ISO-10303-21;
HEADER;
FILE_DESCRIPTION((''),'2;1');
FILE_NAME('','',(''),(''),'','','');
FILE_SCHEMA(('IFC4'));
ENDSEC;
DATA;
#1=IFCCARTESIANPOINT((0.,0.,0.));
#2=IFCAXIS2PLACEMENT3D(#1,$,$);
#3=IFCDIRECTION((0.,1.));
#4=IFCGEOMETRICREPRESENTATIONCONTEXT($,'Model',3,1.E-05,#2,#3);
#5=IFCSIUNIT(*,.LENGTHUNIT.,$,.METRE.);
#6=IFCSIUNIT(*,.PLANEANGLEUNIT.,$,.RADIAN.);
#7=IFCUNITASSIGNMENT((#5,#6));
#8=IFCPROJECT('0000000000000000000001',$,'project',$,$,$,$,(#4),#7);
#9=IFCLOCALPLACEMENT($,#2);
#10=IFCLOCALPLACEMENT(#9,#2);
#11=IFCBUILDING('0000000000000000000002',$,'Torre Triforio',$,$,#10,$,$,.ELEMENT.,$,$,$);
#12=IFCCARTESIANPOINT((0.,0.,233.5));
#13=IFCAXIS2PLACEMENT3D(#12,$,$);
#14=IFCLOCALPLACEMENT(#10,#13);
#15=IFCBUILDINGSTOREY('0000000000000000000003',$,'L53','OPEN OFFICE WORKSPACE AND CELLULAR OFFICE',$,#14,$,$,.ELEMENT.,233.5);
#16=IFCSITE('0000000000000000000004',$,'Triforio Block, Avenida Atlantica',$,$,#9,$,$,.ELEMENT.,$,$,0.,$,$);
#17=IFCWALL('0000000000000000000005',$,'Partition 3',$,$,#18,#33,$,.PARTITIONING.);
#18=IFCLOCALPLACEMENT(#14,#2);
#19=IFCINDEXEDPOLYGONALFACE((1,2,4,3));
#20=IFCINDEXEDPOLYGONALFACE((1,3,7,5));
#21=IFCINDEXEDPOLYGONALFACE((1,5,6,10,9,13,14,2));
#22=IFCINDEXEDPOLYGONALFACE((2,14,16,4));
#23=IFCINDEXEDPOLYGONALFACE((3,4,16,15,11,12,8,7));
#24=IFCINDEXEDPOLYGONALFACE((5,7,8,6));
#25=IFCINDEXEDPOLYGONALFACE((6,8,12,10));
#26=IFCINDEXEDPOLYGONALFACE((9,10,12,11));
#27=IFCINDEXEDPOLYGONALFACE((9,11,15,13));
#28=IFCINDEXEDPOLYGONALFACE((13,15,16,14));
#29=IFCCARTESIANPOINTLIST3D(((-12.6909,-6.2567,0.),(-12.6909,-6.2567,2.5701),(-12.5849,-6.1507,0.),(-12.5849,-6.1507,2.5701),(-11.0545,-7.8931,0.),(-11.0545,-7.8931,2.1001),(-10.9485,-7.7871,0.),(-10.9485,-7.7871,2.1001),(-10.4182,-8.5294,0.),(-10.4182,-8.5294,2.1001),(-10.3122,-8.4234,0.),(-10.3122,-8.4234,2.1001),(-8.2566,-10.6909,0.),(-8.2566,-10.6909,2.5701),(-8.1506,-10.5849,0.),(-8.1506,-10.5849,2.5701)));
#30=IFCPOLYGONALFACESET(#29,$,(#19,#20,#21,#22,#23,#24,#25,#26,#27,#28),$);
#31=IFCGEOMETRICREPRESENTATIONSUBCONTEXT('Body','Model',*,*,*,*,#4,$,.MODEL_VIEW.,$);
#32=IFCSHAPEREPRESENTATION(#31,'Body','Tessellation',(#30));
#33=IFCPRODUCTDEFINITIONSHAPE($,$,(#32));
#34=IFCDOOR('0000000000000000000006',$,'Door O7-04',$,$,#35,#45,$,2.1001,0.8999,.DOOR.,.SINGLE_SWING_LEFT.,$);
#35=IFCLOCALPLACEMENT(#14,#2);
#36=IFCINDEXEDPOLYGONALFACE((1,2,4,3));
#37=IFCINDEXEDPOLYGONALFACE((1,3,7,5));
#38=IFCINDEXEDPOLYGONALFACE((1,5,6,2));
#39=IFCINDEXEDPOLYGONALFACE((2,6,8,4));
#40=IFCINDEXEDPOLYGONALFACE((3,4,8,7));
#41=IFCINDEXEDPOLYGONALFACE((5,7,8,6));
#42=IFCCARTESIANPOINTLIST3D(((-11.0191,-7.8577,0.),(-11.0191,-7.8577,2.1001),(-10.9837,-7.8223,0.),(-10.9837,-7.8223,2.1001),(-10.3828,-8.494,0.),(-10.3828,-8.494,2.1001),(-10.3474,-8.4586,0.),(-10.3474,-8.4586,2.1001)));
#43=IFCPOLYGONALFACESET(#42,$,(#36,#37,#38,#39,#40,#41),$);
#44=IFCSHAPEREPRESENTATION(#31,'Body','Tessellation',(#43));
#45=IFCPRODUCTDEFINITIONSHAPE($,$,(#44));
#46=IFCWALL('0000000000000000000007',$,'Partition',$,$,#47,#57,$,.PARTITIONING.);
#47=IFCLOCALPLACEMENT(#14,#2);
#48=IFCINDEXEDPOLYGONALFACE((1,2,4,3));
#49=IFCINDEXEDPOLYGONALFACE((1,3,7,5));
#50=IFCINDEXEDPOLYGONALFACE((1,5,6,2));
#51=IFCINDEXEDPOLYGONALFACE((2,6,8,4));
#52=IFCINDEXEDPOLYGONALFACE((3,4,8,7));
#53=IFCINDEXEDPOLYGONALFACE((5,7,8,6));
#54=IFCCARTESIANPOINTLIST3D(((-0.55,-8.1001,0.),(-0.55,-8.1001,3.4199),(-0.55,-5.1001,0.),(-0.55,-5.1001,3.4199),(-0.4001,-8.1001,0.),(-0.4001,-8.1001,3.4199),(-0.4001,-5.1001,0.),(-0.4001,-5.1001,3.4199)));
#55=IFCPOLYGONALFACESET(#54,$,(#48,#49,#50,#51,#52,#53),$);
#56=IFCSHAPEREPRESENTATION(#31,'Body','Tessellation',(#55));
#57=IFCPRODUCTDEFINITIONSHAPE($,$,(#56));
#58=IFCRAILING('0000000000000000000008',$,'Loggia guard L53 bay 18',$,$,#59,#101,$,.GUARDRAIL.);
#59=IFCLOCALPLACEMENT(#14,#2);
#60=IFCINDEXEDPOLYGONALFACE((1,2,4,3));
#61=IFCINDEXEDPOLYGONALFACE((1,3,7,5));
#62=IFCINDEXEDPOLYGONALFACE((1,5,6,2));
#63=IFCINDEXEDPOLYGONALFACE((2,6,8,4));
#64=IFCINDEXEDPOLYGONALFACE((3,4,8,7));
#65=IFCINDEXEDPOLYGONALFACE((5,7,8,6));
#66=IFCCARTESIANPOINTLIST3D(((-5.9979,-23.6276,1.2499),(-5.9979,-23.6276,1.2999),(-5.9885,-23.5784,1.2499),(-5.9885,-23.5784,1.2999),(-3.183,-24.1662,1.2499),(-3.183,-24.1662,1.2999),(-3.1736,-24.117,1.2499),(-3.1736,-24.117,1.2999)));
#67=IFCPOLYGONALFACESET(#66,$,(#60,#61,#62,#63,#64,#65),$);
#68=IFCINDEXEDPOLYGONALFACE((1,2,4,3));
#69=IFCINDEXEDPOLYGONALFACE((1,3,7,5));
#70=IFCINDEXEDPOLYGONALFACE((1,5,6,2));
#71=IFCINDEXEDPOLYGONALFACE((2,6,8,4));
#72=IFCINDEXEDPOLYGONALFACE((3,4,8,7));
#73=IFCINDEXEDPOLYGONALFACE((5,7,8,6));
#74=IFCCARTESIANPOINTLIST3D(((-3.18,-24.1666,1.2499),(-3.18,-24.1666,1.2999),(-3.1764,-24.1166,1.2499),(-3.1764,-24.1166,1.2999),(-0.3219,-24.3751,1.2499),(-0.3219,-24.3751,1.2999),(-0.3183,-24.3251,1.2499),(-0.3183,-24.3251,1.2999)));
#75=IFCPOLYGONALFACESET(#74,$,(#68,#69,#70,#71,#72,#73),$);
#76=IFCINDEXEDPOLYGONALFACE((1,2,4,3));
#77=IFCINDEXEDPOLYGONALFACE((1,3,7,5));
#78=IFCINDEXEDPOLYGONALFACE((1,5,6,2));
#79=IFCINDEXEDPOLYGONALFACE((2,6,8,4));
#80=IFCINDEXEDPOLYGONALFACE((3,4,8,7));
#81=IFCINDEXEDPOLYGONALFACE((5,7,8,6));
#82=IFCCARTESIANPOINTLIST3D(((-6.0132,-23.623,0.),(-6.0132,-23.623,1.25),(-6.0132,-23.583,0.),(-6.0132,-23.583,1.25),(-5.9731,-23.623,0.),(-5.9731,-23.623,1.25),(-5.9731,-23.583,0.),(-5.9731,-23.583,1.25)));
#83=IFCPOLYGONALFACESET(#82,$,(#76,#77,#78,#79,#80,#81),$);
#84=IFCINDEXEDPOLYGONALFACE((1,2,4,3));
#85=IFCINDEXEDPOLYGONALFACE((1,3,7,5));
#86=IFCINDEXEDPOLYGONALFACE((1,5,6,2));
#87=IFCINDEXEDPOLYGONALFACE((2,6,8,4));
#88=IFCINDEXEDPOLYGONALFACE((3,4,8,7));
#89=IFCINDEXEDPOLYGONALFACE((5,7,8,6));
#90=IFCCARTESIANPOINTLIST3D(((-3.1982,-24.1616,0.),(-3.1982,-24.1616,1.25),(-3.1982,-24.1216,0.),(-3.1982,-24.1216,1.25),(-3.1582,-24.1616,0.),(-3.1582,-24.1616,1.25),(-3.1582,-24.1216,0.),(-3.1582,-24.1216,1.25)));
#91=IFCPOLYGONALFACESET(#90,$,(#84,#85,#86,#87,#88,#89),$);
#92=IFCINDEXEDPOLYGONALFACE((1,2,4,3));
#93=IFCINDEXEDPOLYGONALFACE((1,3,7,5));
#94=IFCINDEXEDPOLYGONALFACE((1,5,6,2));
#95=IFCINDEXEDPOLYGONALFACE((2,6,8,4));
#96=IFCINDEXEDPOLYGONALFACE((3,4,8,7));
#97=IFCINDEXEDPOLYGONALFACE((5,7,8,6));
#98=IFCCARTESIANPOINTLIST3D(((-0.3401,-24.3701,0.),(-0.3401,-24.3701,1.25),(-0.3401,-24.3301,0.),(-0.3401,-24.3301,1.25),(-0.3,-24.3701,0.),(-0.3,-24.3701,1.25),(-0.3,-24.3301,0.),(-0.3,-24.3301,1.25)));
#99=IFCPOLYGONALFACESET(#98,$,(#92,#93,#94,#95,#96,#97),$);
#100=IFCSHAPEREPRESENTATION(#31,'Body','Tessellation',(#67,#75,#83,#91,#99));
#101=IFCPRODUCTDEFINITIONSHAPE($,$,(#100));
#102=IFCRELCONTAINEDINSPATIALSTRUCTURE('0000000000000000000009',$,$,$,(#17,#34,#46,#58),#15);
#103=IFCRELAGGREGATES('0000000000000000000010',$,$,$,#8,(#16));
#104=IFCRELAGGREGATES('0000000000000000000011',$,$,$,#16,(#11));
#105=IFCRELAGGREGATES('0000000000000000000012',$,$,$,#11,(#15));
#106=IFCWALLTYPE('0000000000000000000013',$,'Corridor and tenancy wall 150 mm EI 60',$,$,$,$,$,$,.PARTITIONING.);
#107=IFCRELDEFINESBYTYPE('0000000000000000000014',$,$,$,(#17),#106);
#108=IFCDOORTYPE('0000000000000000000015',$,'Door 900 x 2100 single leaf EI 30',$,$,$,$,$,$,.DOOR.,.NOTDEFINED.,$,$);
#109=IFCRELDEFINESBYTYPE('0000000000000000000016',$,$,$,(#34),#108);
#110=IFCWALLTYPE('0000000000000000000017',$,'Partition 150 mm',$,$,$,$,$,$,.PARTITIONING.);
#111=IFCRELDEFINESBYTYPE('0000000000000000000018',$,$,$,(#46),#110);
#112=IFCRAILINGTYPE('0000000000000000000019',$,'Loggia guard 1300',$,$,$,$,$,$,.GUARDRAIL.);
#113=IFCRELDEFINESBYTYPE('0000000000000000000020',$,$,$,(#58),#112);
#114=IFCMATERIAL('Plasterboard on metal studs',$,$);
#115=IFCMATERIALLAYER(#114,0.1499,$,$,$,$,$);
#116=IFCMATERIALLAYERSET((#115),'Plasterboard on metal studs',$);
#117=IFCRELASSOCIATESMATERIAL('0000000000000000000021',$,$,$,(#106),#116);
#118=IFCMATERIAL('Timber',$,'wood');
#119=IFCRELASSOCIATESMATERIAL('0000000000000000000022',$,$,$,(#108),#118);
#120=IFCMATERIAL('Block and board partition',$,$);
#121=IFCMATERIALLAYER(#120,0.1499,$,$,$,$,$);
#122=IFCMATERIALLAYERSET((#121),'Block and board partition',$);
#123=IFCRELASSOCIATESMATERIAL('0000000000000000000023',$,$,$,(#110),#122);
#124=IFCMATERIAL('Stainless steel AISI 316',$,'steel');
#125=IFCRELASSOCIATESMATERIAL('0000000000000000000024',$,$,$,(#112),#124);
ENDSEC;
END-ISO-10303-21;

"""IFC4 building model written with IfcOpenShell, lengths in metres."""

from ifc_helpers import new_model, si_unit, direction, frame, frame_2d, origin, origin_2d, place, context, subcontext, project, spatial, rectangle, extrude, material, layer, layer_set, type_object, element, fill, save


model = new_model("IFC4")

# Units and contexts
model_context = context("Model", 3, precision=1e-05, world=origin(), true_north=direction((0.0, 1.0)))
body_context = subcontext(model_context, "Body", "Model", "MODEL_VIEW")
ifc_project = project(units=[si_unit("LENGTHUNIT", "METRE"), si_unit("PLANEANGLEUNIT", "RADIAN")], contexts=[model_context])

# Site, building, storey
site_placement = place(None, origin())
site = spatial("IfcSite", under=ifc_project, at=site_placement, Name="Triforio Block, Avenida Atlantica", CompositionType="ELEMENT", RefElevation=0.0)
building_placement = place(site_placement, origin())
building = spatial("IfcBuilding", under=site, at=building_placement, Name="Torre Triforio", CompositionType="ELEMENT")
storey_placement = place(building_placement, frame((0.0, 0.0, 233.5)))
storey = spatial("IfcBuildingStorey", under=building, at=storey_placement, Name="L53", Description="OPEN OFFICE WORKSPACE AND CELLULAR OFFICE", CompositionType="ELEMENT", Elevation=233.5)

# Wall, opening, door
ifc_material_1 = material(Name="Plasterboard on metal studs")
ifc_layer_1 = layer(ifc_material_1, 0.1499)
ifc_layer_set_1 = layer_set([ifc_layer_1], Name="Plasterboard on metal studs")
wall_type_1 = type_object("IfcWallType", Name="Corridor and tenancy wall 150 mm EI 60", PredefinedType="PARTITIONING", material=ifc_layer_set_1)
wall_1_placement = place(storey_placement, frame((-8.2036, -10.6379, 0.0), z_axis=(0.0, 0.0, 1.0), x_axis=(-0.707107, 0.707107, 0.0)))
wall_1 = element("IfcWall", 1, at=wall_1_placement, inside=storey, type_object=wall_type_1, Name="Partition 3", PredefinedType="PARTITIONING", context=body_context, shape_type="SweptSolid", body=[
    extrude(rectangle(XDim=6.271, YDim=0.1499, at=frame_2d((3.1355, 0.0))), origin(), (0.0, 0.0, 1.0), 2.5701),
])
opening_1_placement = place(wall_1_placement, frame((3.0569, 0.0, 0.0)))
opening_1 = element("IfcOpeningElement", 2, at=opening_1_placement, cuts=wall_1, PredefinedType="OPENING", context=body_context, shape_type="SweptSolid", body=[
    extrude(rectangle(XDim=0.8999, YDim=2.1001, at=frame_2d((0.45, 1.05))), frame((0.0, 0.085, 0.0), z_axis=(0.0, -1.0, 0.0), x_axis=(1.0, 0.0, 0.0)), (0.0, 0.0, 1.0), 0.1699),
])
ifc_material_2 = material(Name="Timber", Category="wood")
door_type_1 = type_object("IfcDoorType", Name="Door 900 x 2100 single leaf EI 30", OperationType="NOTDEFINED", PredefinedType="DOOR", material=ifc_material_2)
door_1_placement = place(opening_1_placement, origin())
door_1 = element("IfcDoor", 3, at=door_1_placement, inside=storey, type_object=door_type_1, Name="Door O7-04", OperationType="SINGLE_SWING_LEFT", OverallHeight=2.1001, OverallWidth=0.8999, PredefinedType="DOOR", context=body_context, shape_type="SweptSolid", body=[
    extrude(rectangle(XDim=0.8999, YDim=2.1001, at=frame_2d((0.45, 1.05))), frame((0.0, 0.0249, 0.0), z_axis=(0.0, -1.0, 0.0), x_axis=(1.0, 0.0, 0.0)), (0.0, 0.0, 1.0), 0.05),
])
fill(opening_1, door_1)

# Wall
ifc_material_3 = material(Name="Block and board partition")
ifc_layer_2 = layer(ifc_material_3, 0.1499)
ifc_layer_set_2 = layer_set([ifc_layer_2], Name="Block and board partition")
wall_type_2 = type_object("IfcWallType", Name="Partition 150 mm", PredefinedType="PARTITIONING", material=ifc_layer_set_2)
wall_2_placement = place(storey_placement, frame((-0.4751, -8.1001, 0.0), z_axis=(0.0, 0.0, 1.0), x_axis=(0.0, 1.0, 0.0)))
element("IfcWall", 4, at=wall_2_placement, inside=storey, type_object=wall_type_2, Name="Partition", PredefinedType="PARTITIONING", context=body_context, shape_type="SweptSolid", body=[
    extrude(rectangle(XDim=3.0, YDim=0.1499, at=frame_2d((1.5, 0.0))), origin(), (0.0, 0.0, 1.0), 3.4199),
])

# Railing
ifc_material_4 = material(Name="Stainless steel AISI 316", Category="steel")
railing_type = type_object("IfcRailingType", Name="Loggia guard 1300", PredefinedType="GUARDRAIL", material=ifc_material_4)
railing_placement = place(storey_placement, frame((-5.9932, -23.603, 0.0)))
element("IfcRailing", 5, at=railing_placement, inside=storey, type_object=railing_type, Name="Loggia guard L53 bay 18", PredefinedType="GUARDRAIL", context=body_context, shape_type="SweptSolid", body=[
    extrude(rectangle(XDim=0.05, YDim=0.05, at=origin_2d()), frame((0.0, 0.0, 1.2749), z_axis=(0.982185, -0.187918, 0.0), x_axis=(0.187918, 0.982185, 0.0)), (0.0, 0.0, 1.0), 2.866),
    extrude(rectangle(XDim=0.05, YDim=0.05, at=origin_2d()), frame((2.8149, -0.5386, 1.2749), z_axis=(0.99735, -0.072754, 0.0), x_axis=(0.072754, 0.99735, 0.0)), (0.0, 0.0, 1.0), 2.8657),
    extrude(rectangle(XDim=0.04, YDim=0.04, at=origin_2d()), origin(), (0.0, 0.0, 1.0), 1.25),
    extrude(rectangle(XDim=0.04, YDim=0.04, at=origin_2d()), frame((2.8149, -0.5386, 0.0)), (0.0, 0.0, 1.0), 1.25),
    extrude(rectangle(XDim=0.04, YDim=0.04, at=origin_2d()), frame((5.6731, -0.7471, 0.0)), (0.0, 0.0, 1.0), 1.25),
])

save(model, "model.ifc")
